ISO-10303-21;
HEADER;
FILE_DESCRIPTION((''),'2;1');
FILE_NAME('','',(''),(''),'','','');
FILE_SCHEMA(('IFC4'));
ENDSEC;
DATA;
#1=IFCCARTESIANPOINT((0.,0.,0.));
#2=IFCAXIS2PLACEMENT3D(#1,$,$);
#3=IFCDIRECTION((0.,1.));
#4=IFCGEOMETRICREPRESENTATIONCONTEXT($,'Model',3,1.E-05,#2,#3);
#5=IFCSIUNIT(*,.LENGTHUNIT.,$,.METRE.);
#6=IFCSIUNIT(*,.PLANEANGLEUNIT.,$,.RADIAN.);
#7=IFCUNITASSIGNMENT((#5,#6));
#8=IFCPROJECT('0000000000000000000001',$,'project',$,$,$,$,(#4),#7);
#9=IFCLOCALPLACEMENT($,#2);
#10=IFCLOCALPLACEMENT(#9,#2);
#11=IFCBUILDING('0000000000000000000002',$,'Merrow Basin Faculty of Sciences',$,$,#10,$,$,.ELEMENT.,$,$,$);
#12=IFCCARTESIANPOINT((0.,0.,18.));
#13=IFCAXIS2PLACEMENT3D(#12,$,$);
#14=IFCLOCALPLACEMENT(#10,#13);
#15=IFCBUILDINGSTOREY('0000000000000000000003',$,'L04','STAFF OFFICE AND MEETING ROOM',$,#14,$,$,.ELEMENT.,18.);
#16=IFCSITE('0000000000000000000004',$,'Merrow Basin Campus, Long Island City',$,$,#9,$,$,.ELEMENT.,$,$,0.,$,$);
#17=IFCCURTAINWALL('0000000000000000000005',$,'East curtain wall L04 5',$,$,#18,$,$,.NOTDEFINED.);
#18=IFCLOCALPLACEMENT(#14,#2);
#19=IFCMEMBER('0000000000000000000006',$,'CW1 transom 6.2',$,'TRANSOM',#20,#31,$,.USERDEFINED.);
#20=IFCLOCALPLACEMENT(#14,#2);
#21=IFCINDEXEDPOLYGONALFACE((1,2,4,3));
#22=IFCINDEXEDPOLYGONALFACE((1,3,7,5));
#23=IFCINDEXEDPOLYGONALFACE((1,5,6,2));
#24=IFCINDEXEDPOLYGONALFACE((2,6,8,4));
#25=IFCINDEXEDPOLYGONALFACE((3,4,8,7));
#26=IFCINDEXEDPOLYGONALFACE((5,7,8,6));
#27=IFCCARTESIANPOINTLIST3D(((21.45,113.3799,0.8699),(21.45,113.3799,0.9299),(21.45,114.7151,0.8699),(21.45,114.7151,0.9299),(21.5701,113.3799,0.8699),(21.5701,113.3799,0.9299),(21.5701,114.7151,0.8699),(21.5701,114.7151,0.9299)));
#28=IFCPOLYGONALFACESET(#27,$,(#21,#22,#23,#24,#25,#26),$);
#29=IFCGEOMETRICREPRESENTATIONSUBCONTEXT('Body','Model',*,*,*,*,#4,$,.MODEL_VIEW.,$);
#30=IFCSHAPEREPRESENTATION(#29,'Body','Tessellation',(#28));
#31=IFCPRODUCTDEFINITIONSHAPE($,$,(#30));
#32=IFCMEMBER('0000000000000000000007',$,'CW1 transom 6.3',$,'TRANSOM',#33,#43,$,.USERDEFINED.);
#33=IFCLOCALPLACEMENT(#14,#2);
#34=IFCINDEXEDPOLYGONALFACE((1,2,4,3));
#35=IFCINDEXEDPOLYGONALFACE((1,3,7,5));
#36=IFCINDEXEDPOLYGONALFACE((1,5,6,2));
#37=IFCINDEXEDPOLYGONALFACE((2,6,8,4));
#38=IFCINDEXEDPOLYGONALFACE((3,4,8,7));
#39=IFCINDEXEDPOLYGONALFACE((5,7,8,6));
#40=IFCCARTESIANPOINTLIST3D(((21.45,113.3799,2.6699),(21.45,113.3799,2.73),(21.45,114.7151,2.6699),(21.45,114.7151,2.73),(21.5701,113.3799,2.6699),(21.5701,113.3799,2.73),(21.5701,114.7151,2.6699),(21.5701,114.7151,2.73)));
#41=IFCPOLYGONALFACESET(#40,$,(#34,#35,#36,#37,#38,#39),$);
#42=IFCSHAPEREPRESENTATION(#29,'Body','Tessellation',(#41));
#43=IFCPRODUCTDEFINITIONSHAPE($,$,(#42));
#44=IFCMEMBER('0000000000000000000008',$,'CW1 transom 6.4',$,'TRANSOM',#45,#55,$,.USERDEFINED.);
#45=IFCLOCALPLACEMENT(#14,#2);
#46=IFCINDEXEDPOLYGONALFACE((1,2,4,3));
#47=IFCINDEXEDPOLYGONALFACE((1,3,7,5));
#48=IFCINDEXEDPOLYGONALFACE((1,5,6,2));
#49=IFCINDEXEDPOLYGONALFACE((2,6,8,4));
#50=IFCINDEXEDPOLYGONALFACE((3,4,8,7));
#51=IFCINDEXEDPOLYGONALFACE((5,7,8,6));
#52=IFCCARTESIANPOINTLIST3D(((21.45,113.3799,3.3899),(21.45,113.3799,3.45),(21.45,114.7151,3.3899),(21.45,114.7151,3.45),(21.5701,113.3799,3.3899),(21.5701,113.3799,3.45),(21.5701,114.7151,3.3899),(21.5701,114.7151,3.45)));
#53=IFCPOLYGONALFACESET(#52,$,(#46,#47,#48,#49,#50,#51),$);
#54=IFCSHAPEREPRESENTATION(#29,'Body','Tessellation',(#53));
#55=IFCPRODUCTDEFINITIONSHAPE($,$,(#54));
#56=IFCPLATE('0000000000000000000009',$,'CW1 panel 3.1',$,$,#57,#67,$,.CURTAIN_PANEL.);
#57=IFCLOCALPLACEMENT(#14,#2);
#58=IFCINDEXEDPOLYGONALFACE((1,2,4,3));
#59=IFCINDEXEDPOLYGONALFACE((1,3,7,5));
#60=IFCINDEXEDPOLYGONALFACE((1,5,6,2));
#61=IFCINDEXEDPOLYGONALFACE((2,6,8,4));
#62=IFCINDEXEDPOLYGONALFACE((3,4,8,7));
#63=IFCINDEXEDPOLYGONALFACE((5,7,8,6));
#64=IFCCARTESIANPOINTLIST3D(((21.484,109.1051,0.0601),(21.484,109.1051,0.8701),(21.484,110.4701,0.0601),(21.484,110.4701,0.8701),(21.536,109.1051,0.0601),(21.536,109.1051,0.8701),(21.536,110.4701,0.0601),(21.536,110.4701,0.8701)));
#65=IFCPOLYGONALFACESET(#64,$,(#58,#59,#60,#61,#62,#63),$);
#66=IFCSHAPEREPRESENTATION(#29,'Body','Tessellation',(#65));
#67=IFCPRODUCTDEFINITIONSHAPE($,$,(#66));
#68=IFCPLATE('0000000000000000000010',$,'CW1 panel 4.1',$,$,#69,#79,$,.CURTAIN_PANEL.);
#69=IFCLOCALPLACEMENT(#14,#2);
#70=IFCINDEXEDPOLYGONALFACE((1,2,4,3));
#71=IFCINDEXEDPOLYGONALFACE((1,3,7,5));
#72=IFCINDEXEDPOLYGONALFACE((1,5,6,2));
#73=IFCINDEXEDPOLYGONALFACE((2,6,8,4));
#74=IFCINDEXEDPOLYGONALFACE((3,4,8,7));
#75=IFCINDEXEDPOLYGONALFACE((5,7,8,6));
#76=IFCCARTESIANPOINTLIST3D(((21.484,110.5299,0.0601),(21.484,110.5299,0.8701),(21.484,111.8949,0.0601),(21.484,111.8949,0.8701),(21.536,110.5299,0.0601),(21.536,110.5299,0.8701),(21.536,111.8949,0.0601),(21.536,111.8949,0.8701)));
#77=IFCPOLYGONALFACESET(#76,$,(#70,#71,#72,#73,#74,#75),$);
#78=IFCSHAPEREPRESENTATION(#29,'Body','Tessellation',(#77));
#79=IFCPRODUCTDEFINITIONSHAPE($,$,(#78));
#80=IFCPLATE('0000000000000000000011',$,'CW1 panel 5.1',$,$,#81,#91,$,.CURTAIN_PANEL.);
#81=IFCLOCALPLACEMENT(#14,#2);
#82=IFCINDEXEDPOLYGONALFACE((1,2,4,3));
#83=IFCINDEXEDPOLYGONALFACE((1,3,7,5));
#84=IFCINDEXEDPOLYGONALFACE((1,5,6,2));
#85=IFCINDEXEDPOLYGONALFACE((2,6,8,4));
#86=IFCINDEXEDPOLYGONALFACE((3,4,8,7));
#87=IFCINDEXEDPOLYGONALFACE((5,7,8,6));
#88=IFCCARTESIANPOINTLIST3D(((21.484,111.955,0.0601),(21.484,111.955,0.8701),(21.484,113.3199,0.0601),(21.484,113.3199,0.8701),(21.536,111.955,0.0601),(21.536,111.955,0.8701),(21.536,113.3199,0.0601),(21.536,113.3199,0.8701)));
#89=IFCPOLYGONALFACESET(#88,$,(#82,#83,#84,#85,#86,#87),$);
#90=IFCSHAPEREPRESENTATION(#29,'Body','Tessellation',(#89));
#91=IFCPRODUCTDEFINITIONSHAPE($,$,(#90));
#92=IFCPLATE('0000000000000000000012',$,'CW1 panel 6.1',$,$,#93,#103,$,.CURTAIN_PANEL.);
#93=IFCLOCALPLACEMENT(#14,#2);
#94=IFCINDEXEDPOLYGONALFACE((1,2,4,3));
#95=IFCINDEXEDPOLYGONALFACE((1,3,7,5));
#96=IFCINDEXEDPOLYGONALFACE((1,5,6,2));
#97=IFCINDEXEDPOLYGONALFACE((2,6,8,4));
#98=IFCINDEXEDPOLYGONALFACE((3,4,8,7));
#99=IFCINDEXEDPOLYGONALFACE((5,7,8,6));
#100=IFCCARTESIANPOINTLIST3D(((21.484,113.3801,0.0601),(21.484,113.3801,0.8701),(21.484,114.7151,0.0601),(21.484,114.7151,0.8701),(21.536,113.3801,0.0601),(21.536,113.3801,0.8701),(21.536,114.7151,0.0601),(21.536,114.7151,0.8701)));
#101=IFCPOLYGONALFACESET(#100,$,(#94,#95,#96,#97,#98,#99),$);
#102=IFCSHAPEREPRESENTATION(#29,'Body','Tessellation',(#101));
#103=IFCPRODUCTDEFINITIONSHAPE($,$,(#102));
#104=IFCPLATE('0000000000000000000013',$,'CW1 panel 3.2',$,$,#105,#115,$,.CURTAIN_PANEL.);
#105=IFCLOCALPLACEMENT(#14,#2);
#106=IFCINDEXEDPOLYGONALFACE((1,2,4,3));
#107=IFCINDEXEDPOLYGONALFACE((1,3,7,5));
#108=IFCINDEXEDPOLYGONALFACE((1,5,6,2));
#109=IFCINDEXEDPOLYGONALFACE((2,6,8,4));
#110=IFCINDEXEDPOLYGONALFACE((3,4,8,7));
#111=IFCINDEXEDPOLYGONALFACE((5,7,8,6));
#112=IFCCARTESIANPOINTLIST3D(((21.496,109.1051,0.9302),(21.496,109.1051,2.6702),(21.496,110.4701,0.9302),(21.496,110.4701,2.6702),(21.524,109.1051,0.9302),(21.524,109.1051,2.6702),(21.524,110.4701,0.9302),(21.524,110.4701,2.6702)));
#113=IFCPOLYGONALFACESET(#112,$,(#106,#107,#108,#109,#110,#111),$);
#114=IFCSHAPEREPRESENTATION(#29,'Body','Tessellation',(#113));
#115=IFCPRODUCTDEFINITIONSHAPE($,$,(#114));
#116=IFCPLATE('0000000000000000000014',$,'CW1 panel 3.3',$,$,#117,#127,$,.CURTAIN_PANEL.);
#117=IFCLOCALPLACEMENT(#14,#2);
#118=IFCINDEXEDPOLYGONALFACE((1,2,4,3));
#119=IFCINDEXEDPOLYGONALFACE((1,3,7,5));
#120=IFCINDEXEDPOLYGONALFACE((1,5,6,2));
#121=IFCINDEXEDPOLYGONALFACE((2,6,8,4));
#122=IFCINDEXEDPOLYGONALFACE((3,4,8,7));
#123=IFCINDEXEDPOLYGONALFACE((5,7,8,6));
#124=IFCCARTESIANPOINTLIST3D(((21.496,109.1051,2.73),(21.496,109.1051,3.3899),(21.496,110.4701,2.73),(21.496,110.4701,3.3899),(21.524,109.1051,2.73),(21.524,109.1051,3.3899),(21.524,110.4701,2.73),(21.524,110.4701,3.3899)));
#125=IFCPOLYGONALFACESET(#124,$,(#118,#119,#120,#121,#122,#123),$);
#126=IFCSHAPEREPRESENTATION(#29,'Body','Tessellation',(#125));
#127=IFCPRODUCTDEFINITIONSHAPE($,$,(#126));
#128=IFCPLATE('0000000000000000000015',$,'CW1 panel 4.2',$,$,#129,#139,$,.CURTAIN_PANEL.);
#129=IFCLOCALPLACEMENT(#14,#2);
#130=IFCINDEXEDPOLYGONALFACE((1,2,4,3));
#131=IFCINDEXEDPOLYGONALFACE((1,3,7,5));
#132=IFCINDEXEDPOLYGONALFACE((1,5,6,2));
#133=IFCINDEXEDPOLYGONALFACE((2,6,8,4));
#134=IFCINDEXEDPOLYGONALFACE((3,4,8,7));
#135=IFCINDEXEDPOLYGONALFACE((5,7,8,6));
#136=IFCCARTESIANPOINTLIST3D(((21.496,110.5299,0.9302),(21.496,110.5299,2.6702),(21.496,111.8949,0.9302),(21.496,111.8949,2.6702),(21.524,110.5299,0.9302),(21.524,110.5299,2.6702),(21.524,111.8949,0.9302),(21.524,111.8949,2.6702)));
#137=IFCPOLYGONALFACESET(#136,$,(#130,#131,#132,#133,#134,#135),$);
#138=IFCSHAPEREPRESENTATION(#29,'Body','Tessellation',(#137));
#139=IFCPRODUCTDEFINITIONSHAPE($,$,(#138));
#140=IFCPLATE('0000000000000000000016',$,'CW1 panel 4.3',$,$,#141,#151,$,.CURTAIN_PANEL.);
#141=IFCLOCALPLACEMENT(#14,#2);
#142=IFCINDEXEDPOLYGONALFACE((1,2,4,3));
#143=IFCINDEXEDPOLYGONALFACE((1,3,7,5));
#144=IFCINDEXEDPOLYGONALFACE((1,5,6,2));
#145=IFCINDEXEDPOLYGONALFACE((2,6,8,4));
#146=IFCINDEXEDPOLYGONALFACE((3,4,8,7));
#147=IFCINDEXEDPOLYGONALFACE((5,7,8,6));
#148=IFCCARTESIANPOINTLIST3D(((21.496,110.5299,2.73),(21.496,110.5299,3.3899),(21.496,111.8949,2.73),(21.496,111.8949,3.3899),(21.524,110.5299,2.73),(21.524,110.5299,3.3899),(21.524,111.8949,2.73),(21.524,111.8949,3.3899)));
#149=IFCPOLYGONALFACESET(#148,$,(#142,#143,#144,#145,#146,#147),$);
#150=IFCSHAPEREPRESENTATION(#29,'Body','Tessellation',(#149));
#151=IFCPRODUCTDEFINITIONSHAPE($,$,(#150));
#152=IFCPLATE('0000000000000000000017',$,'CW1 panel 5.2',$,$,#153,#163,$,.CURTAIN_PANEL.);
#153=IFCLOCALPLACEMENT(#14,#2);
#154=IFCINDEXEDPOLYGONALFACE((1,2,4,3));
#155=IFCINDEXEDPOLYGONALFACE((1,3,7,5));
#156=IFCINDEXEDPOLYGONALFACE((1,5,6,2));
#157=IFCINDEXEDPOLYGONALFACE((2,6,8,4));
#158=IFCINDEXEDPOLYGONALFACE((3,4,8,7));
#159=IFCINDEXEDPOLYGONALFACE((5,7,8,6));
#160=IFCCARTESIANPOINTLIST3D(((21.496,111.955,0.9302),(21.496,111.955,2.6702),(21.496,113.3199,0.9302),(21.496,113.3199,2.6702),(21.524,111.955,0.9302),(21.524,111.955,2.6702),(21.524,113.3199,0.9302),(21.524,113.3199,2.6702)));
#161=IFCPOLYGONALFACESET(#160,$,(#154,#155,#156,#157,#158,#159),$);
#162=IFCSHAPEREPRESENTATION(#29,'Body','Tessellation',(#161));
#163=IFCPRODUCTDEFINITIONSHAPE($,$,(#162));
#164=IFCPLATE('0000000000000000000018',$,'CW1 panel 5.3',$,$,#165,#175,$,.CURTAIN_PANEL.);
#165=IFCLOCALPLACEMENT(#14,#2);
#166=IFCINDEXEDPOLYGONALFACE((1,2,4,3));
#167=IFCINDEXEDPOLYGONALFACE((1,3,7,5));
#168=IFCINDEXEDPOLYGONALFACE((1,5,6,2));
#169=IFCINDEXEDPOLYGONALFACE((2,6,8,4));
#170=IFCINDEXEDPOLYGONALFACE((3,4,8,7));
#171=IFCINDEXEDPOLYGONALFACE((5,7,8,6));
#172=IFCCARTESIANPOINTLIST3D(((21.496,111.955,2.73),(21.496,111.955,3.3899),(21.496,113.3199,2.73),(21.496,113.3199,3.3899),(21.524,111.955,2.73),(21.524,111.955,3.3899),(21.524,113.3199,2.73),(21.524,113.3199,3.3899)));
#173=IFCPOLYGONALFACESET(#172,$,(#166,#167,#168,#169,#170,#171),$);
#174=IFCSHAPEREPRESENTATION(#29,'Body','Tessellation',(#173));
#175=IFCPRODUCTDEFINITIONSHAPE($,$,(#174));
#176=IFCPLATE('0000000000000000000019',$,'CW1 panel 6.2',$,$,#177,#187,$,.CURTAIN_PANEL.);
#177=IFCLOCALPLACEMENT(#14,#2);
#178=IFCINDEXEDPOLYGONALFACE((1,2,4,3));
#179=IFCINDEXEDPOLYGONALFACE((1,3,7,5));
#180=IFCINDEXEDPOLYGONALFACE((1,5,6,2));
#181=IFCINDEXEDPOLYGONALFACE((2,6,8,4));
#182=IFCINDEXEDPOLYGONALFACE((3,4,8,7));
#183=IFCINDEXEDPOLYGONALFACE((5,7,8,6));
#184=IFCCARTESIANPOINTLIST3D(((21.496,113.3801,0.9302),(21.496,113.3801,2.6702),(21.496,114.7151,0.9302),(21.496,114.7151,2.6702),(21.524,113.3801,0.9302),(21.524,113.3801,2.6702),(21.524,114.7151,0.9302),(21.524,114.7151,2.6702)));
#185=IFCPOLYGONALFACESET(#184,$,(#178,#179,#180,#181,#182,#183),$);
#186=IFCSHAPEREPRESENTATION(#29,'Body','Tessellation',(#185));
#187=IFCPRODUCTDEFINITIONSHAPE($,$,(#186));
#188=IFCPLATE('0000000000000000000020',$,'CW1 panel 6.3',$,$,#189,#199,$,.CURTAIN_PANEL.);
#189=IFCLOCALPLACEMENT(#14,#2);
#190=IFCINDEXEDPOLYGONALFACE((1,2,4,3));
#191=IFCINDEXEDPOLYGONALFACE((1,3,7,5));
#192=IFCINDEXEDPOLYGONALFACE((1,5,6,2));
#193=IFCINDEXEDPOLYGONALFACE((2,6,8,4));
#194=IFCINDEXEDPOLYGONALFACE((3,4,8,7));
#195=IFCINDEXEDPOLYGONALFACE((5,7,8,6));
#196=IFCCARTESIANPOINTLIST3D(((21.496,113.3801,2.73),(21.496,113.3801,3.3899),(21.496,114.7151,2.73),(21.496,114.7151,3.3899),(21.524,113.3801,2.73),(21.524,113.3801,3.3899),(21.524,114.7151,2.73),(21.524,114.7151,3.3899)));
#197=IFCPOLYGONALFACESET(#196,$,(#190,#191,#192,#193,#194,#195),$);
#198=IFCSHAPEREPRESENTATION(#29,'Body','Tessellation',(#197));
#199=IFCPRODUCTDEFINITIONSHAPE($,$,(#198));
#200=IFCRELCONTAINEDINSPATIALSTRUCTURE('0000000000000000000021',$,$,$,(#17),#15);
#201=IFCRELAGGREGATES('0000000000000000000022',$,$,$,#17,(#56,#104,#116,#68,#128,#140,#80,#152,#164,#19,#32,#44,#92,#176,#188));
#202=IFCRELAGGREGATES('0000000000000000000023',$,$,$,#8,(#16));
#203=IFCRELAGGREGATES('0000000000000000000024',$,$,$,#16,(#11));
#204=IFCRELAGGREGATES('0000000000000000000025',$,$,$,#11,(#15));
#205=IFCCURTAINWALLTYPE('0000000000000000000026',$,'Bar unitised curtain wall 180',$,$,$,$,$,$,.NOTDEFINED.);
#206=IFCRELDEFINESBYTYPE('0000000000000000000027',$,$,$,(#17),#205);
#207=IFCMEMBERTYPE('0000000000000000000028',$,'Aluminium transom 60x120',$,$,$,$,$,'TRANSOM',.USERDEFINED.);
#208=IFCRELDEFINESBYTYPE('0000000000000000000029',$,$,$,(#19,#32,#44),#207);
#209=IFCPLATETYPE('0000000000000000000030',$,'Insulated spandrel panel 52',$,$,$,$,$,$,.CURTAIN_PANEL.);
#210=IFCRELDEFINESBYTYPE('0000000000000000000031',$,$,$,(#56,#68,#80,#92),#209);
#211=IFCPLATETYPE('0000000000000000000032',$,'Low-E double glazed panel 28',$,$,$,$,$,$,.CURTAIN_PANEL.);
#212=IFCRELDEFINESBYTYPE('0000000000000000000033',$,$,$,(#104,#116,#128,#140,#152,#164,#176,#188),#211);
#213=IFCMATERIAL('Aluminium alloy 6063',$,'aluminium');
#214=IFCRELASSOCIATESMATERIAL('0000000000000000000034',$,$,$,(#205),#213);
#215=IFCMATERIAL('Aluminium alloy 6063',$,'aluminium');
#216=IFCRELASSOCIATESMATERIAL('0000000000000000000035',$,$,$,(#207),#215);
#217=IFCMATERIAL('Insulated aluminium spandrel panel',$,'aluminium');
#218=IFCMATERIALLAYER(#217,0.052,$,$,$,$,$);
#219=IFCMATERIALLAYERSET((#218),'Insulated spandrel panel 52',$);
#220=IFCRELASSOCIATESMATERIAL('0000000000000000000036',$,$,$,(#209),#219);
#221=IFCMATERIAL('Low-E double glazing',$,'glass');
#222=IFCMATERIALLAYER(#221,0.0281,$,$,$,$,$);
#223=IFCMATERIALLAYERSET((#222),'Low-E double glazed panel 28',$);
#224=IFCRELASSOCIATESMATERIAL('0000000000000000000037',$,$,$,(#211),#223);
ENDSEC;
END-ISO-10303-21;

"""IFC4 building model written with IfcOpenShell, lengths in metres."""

from ifc_helpers import new_model, si_unit, direction, frame, origin, origin_2d, place, context, subcontext, project, spatial, rectangle, extrude, material, layer, layer_set, material_profile, profile_set, type_object, element, aggregate, save


model = new_model("IFC4")

# Units and contexts
model_context = context("Model", 3, precision=1e-05, world=origin(), true_north=direction((0.0, 1.0)))
body_context = subcontext(model_context, "Body", "Model", "MODEL_VIEW")
ifc_project = project(units=[si_unit("LENGTHUNIT", "METRE"), si_unit("PLANEANGLEUNIT", "RADIAN")], contexts=[model_context])

# Site, building, storey
site_placement = place(None, origin())
site = spatial("IfcSite", under=ifc_project, at=site_placement, Name="Merrow Basin Campus, Long Island City", CompositionType="ELEMENT", RefElevation=0.0)
building_placement = place(site_placement, origin())
building = spatial("IfcBuilding", under=site, at=building_placement, Name="Merrow Basin Faculty of Sciences", CompositionType="ELEMENT")
storey_placement = place(building_placement, frame((0.0, 0.0, 18.0)))
storey = spatial("IfcBuildingStorey", under=building, at=storey_placement, Name="L04", Description="STAFF OFFICE AND MEETING ROOM", CompositionType="ELEMENT", Elevation=18.0)

# Curtain wall, members, plates
ifc_material_1 = material(Name="Aluminium alloy 6063", Category="aluminium")
curtain_wall_type = type_object("IfcCurtainWallType", Name="Bar unitised curtain wall 180", PredefinedType="NOTDEFINED", material=ifc_material_1)
curtain_wall_placement = place(storey_placement, origin())
curtain_wall = element("IfcCurtainWall", 1, at=curtain_wall_placement, inside=storey, type_object=curtain_wall_type, Name="East curtain wall L04 5", PredefinedType="NOTDEFINED")
ifc_material_2 = material(Name="Aluminium alloy 6063", Category="aluminium")
ifc_material_profile_1 = material_profile(ifc_material_2, rectangle(XDim=0.1201, YDim=0.0601, at=origin_2d()))
ifc_profile_set_1 = profile_set([ifc_material_profile_1], Name="Aluminium alloy 6063")
member_type_1 = type_object("IfcMemberType", Name="Aluminium transom 60x120", ElementType="TRANSOM", PredefinedType="USERDEFINED", material=ifc_profile_set_1)
member_1_placement = place(storey_placement, frame((21.51, 113.3799, 0.8999), z_axis=(0.0, 1.0, 0.0), x_axis=(-1.0, 0.0, 0.0)))
member_1 = element("IfcMember", 2, at=member_1_placement, type_object=member_type_1, Name="CW1 transom 6.2", ObjectType="TRANSOM", PredefinedType="USERDEFINED", context=body_context, shape_type="SweptSolid", body=[
    extrude(rectangle(XDim=0.1201, YDim=0.0601, at=origin_2d()), origin(), (0.0, 0.0, 1.0), 1.3352),
])
member_2_placement = place(storey_placement, frame((21.51, 113.3799, 2.7), z_axis=(0.0, 1.0, 0.0), x_axis=(-1.0, 0.0, 0.0)))
member_2 = element("IfcMember", 3, at=member_2_placement, type_object=member_type_1, Name="CW1 transom 6.3", ObjectType="TRANSOM", PredefinedType="USERDEFINED", context=body_context, shape_type="SweptSolid", body=[
    extrude(rectangle(XDim=0.1201, YDim=0.0601, at=origin_2d()), origin(), (0.0, 0.0, 1.0), 1.3352),
])
member_3_placement = place(storey_placement, frame((21.51, 113.3799, 3.4199), z_axis=(0.0, 1.0, 0.0), x_axis=(-1.0, 0.0, 0.0)))
member_3 = element("IfcMember", 4, at=member_3_placement, type_object=member_type_1, Name="CW1 transom 6.4", ObjectType="TRANSOM", PredefinedType="USERDEFINED", context=body_context, shape_type="SweptSolid", body=[
    extrude(rectangle(XDim=0.1201, YDim=0.0601, at=origin_2d()), origin(), (0.0, 0.0, 1.0), 1.3352),
])
ifc_material_3 = material(Name="Insulated aluminium spandrel panel", Category="aluminium")
ifc_layer_1 = layer(ifc_material_3, 0.052)
ifc_layer_set_1 = layer_set([ifc_layer_1], Name="Insulated spandrel panel 52")
plate_type_1 = type_object("IfcPlateType", Name="Insulated spandrel panel 52", PredefinedType="CURTAIN_PANEL", material=ifc_layer_set_1)
plate_1_placement = place(storey_placement, frame((21.51, 109.7876, 0.0601), z_axis=(0.0, 0.0, 1.0), x_axis=(0.0, 1.0, 0.0)))
plate_1 = element("IfcPlate", 5, at=plate_1_placement, type_object=plate_type_1, Name="CW1 panel 3.1", PredefinedType="CURTAIN_PANEL", context=body_context, shape_type="SweptSolid", body=[
    extrude(rectangle(XDim=1.365, YDim=0.052, at=origin_2d()), origin(), (0.0, 0.0, 1.0), 0.8101),
])
plate_2_placement = place(storey_placement, frame((21.51, 111.2124, 0.0601), z_axis=(0.0, 0.0, 1.0), x_axis=(0.0, 1.0, 0.0)))
plate_2 = element("IfcPlate", 6, at=plate_2_placement, type_object=plate_type_1, Name="CW1 panel 4.1", PredefinedType="CURTAIN_PANEL", context=body_context, shape_type="SweptSolid", body=[
    extrude(rectangle(XDim=1.365, YDim=0.052, at=origin_2d()), origin(), (0.0, 0.0, 1.0), 0.8101),
])
plate_3_placement = place(storey_placement, frame((21.51, 112.6375, 0.0601), z_axis=(0.0, 0.0, 1.0), x_axis=(0.0, 1.0, 0.0)))
plate_3 = element("IfcPlate", 7, at=plate_3_placement, type_object=plate_type_1, Name="CW1 panel 5.1", PredefinedType="CURTAIN_PANEL", context=body_context, shape_type="SweptSolid", body=[
    extrude(rectangle(XDim=1.365, YDim=0.052, at=origin_2d()), origin(), (0.0, 0.0, 1.0), 0.8101),
])
plate_4_placement = place(storey_placement, frame((21.51, 114.0476, 0.0601), z_axis=(0.0, 0.0, 1.0), x_axis=(0.0, 1.0, 0.0)))
plate_4 = element("IfcPlate", 8, at=plate_4_placement, type_object=plate_type_1, Name="CW1 panel 6.1", PredefinedType="CURTAIN_PANEL", context=body_context, shape_type="SweptSolid", body=[
    extrude(rectangle(XDim=1.335, YDim=0.052, at=origin_2d()), origin(), (0.0, 0.0, 1.0), 0.8101),
])
ifc_material_4 = material(Name="Low-E double glazing", Category="glass")
ifc_layer_2 = layer(ifc_material_4, 0.0281)
ifc_layer_set_2 = layer_set([ifc_layer_2], Name="Low-E double glazed panel 28")
plate_type_2 = type_object("IfcPlateType", Name="Low-E double glazed panel 28", PredefinedType="CURTAIN_PANEL", material=ifc_layer_set_2)
plate_5_placement = place(storey_placement, frame((21.51, 109.7876, 0.9302), z_axis=(0.0, 0.0, 1.0), x_axis=(0.0, 1.0, 0.0)))
plate_5 = element("IfcPlate", 9, at=plate_5_placement, type_object=plate_type_2, Name="CW1 panel 3.2", PredefinedType="CURTAIN_PANEL", context=body_context, shape_type="SweptSolid", body=[
    extrude(rectangle(XDim=1.365, YDim=0.0281, at=origin_2d()), origin(), (0.0, 0.0, 1.0), 1.74),
])
plate_6_placement = place(storey_placement, frame((21.51, 109.7876, 2.73), z_axis=(0.0, 0.0, 1.0), x_axis=(0.0, 1.0, 0.0)))
plate_6 = element("IfcPlate", 10, at=plate_6_placement, type_object=plate_type_2, Name="CW1 panel 3.3", PredefinedType="CURTAIN_PANEL", context=body_context, shape_type="SweptSolid", body=[
    extrude(rectangle(XDim=1.365, YDim=0.0281, at=origin_2d()), origin(), (0.0, 0.0, 1.0), 0.6599),
])
plate_7_placement = place(storey_placement, frame((21.51, 111.2124, 0.9302), z_axis=(0.0, 0.0, 1.0), x_axis=(0.0, 1.0, 0.0)))
plate_7 = element("IfcPlate", 11, at=plate_7_placement, type_object=plate_type_2, Name="CW1 panel 4.2", PredefinedType="CURTAIN_PANEL", context=body_context, shape_type="SweptSolid", body=[
    extrude(rectangle(XDim=1.365, YDim=0.0281, at=origin_2d()), origin(), (0.0, 0.0, 1.0), 1.74),
])
plate_8_placement = place(storey_placement, frame((21.51, 111.2124, 2.73), z_axis=(0.0, 0.0, 1.0), x_axis=(0.0, 1.0, 0.0)))
plate_8 = element("IfcPlate", 12, at=plate_8_placement, type_object=plate_type_2, Name="CW1 panel 4.3", PredefinedType="CURTAIN_PANEL", context=body_context, shape_type="SweptSolid", body=[
    extrude(rectangle(XDim=1.365, YDim=0.0281, at=origin_2d()), origin(), (0.0, 0.0, 1.0), 0.6599),
])
plate_9_placement = place(storey_placement, frame((21.51, 112.6375, 0.9302), z_axis=(0.0, 0.0, 1.0), x_axis=(0.0, 1.0, 0.0)))
plate_9 = element("IfcPlate", 13, at=plate_9_placement, type_object=plate_type_2, Name="CW1 panel 5.2", PredefinedType="CURTAIN_PANEL", context=body_context, shape_type="SweptSolid", body=[
    extrude(rectangle(XDim=1.365, YDim=0.0281, at=origin_2d()), origin(), (0.0, 0.0, 1.0), 1.74),
])
plate_10_placement = place(storey_placement, frame((21.51, 112.6375, 2.73), z_axis=(0.0, 0.0, 1.0), x_axis=(0.0, 1.0, 0.0)))
plate_10 = element("IfcPlate", 14, at=plate_10_placement, type_object=plate_type_2, Name="CW1 panel 5.3", PredefinedType="CURTAIN_PANEL", context=body_context, shape_type="SweptSolid", body=[
    extrude(rectangle(XDim=1.365, YDim=0.0281, at=origin_2d()), origin(), (0.0, 0.0, 1.0), 0.6599),
])
plate_11_placement = place(storey_placement, frame((21.51, 114.0476, 0.9302), z_axis=(0.0, 0.0, 1.0), x_axis=(0.0, 1.0, 0.0)))
plate_11 = element("IfcPlate", 15, at=plate_11_placement, type_object=plate_type_2, Name="CW1 panel 6.2", PredefinedType="CURTAIN_PANEL", context=body_context, shape_type="SweptSolid", body=[
    extrude(rectangle(XDim=1.335, YDim=0.0281, at=origin_2d()), origin(), (0.0, 0.0, 1.0), 1.74),
])
plate_12_placement = place(storey_placement, frame((21.51, 114.0476, 2.73), z_axis=(0.0, 0.0, 1.0), x_axis=(0.0, 1.0, 0.0)))
plate_12 = element("IfcPlate", 16, at=plate_12_placement, type_object=plate_type_2, Name="CW1 panel 6.3", PredefinedType="CURTAIN_PANEL", context=body_context, shape_type="SweptSolid", body=[
    extrude(rectangle(XDim=1.335, YDim=0.0281, at=origin_2d()), origin(), (0.0, 0.0, 1.0), 0.6599),
])
aggregate(curtain_wall, [plate_1, plate_5, plate_6, plate_2, plate_7, plate_8, plate_3, plate_9, plate_10, member_1, member_2, member_3, plate_4, plate_11, plate_12])

save(model, "model.ifc")
